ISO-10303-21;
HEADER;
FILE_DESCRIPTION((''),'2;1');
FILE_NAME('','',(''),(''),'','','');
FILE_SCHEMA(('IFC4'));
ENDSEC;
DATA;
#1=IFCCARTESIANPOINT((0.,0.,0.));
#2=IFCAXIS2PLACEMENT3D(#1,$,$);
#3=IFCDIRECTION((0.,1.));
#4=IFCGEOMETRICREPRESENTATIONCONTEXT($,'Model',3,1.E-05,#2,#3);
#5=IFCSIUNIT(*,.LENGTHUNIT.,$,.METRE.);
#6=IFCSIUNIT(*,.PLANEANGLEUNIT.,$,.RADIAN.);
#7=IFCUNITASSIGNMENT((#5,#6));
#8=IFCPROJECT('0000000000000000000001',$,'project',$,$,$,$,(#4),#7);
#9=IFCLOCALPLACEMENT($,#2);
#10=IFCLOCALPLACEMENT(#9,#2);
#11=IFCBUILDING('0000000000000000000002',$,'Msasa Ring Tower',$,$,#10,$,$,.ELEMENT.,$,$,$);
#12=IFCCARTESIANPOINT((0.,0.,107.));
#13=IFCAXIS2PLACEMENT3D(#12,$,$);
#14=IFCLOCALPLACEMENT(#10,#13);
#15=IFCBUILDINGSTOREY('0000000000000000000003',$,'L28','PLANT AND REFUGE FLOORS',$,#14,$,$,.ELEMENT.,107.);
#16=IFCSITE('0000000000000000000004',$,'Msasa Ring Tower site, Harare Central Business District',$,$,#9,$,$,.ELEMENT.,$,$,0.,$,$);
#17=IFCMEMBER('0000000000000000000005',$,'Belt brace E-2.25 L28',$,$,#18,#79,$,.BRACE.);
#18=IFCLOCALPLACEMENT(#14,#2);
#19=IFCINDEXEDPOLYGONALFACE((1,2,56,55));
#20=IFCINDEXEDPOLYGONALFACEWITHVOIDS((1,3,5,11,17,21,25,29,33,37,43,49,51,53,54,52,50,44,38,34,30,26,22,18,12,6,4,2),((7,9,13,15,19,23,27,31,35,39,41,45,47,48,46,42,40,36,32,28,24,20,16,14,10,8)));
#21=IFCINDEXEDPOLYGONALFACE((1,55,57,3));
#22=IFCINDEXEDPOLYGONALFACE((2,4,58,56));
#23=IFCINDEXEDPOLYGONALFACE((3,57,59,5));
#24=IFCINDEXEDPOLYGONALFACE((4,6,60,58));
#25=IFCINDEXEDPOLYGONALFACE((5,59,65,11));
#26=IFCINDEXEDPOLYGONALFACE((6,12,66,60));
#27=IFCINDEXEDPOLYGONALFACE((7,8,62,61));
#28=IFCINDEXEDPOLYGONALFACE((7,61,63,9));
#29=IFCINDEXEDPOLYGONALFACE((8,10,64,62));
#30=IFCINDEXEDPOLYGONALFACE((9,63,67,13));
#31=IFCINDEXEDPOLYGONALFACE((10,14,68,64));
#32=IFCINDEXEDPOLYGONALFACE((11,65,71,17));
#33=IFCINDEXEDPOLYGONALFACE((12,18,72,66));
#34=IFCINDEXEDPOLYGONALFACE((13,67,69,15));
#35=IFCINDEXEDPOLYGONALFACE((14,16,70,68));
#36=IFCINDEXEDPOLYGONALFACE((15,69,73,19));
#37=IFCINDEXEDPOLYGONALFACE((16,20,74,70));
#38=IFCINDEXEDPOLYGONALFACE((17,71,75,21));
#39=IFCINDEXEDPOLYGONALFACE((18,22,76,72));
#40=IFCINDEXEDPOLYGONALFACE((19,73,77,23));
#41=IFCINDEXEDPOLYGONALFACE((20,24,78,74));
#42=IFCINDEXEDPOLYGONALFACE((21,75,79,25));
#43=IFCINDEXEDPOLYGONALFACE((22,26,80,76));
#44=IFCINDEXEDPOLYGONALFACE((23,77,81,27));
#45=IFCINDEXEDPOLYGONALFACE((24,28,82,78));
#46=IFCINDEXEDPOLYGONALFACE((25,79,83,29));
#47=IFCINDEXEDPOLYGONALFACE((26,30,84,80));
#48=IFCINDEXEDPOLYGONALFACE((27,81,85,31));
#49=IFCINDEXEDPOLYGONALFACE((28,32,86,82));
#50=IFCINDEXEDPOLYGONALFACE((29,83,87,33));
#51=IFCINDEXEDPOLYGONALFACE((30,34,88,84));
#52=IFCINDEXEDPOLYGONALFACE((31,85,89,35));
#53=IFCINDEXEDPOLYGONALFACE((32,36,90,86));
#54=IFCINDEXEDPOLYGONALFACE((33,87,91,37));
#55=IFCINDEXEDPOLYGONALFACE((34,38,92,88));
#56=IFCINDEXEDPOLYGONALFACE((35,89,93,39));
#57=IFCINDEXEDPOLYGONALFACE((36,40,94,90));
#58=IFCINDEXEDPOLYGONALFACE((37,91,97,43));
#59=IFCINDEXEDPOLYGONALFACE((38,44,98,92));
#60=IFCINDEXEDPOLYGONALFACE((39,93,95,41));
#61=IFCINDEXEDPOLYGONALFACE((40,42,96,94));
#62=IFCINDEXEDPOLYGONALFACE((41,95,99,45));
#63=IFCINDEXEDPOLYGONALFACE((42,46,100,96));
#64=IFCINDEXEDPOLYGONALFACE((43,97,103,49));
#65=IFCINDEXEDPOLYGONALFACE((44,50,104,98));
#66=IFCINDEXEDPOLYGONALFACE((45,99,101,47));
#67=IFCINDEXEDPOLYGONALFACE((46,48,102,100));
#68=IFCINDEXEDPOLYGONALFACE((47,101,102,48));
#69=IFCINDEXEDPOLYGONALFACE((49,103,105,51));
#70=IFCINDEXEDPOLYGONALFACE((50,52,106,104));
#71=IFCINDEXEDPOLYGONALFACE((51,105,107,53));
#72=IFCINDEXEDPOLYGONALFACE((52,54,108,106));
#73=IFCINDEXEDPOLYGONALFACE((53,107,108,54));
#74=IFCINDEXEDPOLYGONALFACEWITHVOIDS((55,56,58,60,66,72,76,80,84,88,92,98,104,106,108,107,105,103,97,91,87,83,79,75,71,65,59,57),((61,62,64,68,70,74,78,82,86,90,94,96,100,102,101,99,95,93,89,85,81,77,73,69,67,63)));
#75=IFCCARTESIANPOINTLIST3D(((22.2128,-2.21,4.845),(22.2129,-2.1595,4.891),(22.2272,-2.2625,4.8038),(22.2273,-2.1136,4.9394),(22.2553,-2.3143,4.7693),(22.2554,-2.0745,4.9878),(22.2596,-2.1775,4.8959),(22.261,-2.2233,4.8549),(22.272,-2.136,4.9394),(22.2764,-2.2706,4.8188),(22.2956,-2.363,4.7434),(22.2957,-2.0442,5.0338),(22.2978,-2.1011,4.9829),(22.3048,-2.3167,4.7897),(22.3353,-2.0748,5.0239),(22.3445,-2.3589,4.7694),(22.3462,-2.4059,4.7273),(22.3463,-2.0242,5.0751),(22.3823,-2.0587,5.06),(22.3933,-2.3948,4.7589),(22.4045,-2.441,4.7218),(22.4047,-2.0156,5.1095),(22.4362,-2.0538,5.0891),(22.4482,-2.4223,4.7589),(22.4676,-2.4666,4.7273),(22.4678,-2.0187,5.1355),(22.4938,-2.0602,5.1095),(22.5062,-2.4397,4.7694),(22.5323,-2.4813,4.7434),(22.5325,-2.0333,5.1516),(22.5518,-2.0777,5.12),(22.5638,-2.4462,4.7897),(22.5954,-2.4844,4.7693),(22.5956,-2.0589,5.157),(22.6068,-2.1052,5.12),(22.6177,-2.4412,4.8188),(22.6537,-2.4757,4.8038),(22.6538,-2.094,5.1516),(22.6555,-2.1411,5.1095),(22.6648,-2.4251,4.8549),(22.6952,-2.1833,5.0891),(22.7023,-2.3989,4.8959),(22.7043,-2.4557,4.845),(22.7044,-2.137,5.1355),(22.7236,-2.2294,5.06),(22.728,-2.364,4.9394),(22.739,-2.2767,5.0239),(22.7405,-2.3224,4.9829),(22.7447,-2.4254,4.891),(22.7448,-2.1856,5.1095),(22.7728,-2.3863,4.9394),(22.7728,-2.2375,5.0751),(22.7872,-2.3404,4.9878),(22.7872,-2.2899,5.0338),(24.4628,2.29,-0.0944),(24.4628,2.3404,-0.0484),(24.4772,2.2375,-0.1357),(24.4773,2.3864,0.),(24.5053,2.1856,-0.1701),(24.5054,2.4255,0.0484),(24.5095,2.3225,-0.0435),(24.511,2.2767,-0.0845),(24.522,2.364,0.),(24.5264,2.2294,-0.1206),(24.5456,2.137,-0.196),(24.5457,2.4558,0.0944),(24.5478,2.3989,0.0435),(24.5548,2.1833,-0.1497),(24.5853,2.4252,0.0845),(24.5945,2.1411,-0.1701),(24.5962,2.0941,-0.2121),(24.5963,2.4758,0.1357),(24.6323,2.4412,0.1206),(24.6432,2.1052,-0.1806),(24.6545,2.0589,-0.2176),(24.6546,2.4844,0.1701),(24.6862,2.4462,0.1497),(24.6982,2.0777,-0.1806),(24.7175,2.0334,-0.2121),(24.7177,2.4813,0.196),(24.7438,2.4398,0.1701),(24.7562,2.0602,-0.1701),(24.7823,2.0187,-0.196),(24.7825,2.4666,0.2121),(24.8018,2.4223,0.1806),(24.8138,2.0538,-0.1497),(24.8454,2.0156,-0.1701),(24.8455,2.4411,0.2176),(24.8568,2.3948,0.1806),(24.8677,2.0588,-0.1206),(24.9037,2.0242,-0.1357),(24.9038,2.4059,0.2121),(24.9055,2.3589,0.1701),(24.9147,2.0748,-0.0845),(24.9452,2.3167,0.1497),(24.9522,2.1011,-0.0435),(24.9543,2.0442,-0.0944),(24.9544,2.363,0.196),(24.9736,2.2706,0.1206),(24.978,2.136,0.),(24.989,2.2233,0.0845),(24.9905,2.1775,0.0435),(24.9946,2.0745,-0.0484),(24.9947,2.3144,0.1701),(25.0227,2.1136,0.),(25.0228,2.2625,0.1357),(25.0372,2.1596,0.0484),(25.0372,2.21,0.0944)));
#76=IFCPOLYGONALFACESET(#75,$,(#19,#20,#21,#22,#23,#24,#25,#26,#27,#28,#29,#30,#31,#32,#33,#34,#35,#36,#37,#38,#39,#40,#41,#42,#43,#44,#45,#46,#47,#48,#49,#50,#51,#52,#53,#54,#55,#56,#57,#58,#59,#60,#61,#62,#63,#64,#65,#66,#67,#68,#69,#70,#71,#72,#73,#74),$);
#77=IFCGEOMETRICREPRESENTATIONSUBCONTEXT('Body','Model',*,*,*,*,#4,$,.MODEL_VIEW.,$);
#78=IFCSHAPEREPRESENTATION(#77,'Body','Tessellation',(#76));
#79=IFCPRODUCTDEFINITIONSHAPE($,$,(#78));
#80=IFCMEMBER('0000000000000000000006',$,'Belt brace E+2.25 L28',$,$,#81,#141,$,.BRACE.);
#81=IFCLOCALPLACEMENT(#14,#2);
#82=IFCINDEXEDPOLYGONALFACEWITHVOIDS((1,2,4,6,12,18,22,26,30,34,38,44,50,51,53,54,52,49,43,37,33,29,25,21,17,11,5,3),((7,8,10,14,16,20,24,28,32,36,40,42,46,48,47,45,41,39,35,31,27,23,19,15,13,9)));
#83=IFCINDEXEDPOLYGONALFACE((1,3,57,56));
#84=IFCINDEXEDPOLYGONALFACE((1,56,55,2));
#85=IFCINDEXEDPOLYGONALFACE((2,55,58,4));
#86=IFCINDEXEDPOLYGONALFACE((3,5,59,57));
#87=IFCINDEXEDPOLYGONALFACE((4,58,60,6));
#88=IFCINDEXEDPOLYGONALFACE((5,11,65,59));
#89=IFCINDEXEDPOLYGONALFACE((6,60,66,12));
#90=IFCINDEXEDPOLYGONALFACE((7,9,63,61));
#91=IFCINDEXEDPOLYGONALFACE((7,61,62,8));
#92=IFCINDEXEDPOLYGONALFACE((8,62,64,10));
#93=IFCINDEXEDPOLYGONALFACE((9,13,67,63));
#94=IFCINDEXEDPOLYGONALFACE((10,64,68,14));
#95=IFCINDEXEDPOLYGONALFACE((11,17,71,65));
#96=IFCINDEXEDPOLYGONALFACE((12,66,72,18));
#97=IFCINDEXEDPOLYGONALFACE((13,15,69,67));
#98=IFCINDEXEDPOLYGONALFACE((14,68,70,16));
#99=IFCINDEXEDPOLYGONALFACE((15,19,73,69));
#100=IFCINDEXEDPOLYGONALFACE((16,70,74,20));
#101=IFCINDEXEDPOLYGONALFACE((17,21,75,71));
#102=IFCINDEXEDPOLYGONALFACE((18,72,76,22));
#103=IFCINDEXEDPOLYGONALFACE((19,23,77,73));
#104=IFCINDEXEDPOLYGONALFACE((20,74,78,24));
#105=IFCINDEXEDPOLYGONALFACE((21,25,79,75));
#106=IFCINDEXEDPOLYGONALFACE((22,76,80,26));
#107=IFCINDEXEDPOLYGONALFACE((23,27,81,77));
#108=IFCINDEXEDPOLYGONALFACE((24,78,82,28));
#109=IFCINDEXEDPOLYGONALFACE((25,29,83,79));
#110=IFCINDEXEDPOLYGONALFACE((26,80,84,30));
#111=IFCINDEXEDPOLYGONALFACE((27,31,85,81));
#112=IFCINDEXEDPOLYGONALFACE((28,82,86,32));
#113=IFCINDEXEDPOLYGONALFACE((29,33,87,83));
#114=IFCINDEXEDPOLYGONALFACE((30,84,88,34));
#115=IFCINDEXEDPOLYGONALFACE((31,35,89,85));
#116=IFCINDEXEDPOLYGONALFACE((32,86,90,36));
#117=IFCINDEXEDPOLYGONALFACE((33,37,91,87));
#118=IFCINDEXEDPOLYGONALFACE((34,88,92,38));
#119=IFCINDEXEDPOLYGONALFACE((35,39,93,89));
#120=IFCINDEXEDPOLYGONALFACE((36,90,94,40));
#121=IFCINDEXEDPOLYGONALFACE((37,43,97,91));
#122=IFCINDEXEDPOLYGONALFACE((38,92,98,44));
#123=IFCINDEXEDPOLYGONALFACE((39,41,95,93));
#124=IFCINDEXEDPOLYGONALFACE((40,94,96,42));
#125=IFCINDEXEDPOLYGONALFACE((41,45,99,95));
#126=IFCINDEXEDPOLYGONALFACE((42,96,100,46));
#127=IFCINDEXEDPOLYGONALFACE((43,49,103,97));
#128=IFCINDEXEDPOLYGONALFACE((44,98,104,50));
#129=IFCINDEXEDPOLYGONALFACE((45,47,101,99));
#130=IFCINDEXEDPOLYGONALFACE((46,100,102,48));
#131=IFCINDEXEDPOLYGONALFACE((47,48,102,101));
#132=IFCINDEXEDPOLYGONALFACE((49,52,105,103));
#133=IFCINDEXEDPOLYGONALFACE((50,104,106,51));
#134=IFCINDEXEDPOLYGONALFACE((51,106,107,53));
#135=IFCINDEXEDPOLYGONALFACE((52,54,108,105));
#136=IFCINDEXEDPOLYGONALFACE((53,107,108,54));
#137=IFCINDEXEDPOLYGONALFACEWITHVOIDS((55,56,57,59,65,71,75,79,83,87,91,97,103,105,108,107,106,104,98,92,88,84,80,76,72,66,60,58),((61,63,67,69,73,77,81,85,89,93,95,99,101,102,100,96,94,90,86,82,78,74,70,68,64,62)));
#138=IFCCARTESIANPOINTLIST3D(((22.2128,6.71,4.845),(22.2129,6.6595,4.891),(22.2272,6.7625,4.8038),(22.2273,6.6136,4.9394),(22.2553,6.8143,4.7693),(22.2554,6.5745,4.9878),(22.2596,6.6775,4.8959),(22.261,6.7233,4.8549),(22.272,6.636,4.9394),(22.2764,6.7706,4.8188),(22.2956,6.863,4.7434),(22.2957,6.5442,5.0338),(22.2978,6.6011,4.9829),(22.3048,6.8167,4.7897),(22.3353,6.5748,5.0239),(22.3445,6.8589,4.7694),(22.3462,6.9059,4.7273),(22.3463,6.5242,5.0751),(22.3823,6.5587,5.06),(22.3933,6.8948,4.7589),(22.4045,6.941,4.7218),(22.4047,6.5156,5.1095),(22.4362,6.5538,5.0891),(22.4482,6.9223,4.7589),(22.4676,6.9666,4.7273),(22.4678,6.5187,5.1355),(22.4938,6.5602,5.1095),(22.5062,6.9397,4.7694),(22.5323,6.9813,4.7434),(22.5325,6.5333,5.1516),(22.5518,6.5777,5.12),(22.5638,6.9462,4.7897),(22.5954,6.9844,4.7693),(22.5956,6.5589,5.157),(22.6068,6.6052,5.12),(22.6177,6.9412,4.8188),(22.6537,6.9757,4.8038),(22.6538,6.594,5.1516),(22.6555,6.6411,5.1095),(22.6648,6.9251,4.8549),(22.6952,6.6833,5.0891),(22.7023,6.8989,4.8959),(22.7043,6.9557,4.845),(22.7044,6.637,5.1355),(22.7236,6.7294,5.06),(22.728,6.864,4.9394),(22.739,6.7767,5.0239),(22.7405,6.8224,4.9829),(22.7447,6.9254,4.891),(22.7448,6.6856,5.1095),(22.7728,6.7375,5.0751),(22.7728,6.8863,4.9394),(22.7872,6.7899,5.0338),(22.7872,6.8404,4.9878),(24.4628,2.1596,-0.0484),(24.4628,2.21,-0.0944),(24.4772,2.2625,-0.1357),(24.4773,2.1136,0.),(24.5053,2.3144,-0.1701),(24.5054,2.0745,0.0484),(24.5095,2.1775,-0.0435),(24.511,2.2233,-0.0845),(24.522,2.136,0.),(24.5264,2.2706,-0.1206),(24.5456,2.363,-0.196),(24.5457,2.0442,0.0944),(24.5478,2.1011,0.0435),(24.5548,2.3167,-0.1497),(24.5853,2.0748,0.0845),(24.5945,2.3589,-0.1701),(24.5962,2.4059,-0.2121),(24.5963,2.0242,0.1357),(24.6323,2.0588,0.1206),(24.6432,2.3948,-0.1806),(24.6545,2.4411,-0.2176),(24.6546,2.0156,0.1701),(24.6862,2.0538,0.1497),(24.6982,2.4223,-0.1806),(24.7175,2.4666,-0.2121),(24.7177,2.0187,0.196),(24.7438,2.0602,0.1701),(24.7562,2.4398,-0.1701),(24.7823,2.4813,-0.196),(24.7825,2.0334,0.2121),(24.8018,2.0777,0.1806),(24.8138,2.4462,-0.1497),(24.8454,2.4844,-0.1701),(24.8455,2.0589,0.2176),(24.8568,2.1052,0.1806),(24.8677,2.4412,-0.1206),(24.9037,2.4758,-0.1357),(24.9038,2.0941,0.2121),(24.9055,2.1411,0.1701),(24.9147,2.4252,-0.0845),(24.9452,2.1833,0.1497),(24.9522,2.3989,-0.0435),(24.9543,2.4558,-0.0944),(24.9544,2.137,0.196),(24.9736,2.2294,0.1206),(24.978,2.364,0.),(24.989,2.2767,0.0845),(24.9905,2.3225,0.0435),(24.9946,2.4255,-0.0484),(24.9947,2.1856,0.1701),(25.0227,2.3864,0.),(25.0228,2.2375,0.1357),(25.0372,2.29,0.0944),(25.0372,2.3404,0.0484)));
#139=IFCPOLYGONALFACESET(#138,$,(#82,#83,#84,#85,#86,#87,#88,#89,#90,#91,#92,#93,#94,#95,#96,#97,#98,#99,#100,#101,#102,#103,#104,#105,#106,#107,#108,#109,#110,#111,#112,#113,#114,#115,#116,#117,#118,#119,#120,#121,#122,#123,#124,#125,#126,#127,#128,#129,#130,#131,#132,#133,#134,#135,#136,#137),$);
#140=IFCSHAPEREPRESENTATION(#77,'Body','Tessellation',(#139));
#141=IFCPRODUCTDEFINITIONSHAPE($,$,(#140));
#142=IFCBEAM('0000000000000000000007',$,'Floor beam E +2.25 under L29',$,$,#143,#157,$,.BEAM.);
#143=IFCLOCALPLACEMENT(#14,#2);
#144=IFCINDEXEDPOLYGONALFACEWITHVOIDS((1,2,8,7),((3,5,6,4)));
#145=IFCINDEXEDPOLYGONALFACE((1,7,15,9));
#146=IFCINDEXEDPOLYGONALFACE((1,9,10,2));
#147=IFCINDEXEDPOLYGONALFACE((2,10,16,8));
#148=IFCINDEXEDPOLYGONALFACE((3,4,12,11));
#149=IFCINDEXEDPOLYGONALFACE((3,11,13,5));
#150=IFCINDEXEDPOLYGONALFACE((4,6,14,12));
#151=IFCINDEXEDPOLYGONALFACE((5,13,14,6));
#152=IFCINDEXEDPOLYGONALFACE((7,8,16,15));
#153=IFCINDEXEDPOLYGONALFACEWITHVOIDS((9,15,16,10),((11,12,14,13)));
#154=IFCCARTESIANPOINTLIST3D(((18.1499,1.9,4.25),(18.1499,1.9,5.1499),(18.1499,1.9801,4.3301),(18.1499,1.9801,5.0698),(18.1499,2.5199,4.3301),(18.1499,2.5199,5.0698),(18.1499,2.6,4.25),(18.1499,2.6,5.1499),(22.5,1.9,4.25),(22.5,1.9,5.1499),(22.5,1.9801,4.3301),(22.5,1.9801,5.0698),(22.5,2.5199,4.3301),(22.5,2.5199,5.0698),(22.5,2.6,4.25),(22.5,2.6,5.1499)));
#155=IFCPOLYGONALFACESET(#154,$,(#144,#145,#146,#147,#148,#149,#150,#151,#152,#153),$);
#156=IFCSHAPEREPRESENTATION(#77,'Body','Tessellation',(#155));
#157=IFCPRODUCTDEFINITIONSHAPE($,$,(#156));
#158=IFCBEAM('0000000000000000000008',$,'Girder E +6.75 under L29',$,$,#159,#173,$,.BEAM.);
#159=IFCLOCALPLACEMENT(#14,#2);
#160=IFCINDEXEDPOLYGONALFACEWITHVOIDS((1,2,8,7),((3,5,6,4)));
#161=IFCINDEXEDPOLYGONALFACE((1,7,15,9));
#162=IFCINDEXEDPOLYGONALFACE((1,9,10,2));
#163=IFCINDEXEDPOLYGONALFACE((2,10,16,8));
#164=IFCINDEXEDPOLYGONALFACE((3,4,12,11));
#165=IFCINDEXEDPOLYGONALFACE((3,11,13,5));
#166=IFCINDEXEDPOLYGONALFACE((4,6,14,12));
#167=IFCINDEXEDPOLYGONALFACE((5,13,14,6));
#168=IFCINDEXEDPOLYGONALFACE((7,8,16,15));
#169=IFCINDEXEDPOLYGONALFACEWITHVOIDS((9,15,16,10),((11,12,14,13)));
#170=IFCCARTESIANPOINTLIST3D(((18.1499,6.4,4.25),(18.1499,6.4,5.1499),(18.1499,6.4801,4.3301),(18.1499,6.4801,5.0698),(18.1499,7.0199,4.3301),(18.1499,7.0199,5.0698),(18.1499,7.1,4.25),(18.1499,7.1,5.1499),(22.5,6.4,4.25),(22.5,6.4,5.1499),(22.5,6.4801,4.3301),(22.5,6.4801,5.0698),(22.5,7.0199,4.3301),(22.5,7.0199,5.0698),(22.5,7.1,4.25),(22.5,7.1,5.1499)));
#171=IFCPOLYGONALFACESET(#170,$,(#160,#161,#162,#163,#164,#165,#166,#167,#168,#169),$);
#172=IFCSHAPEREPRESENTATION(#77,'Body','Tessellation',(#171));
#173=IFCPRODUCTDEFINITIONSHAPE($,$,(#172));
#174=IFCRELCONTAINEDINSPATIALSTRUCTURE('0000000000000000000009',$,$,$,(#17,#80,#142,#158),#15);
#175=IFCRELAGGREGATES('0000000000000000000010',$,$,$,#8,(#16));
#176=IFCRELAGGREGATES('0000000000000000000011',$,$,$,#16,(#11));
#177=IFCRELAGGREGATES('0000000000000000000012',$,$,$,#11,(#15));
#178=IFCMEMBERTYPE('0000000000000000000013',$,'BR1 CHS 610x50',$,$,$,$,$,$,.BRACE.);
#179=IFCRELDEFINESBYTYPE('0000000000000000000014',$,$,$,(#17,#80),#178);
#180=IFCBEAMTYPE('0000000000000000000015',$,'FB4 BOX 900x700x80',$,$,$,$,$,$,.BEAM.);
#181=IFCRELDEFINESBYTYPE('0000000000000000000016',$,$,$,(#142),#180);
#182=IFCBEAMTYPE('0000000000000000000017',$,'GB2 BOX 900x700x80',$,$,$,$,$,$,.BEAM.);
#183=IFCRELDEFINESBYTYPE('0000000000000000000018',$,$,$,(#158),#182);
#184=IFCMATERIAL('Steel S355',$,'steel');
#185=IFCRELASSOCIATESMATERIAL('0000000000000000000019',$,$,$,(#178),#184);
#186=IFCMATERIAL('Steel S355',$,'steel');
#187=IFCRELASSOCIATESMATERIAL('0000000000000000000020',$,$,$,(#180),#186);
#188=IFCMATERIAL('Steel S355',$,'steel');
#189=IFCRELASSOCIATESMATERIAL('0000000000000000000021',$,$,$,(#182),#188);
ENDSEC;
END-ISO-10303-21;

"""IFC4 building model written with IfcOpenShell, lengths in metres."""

from ifc_helpers import new_model, si_unit, direction, frame, origin, origin_2d, place, context, subcontext, project, spatial, hollow_rectangle, hollow_circle, extrude, material, material_profile, profile_set, type_object, element, save


model = new_model("IFC4")

# Units and contexts
model_context = context("Model", 3, precision=1e-05, world=origin(), true_north=direction((0.0, 1.0)))
body_context = subcontext(model_context, "Body", "Model", "MODEL_VIEW")
ifc_project = project(units=[si_unit("LENGTHUNIT", "METRE"), si_unit("PLANEANGLEUNIT", "RADIAN")], contexts=[model_context])

# Site, building, storey
site_placement = place(None, origin())
site = spatial("IfcSite", under=ifc_project, at=site_placement, Name="Msasa Ring Tower site, Harare Central Business District", CompositionType="ELEMENT", RefElevation=0.0)
building_placement = place(site_placement, origin())
building = spatial("IfcBuilding", under=site, at=building_placement, Name="Msasa Ring Tower", CompositionType="ELEMENT")
storey_placement = place(building_placement, frame((0.0, 0.0, 107.0)))
storey = spatial("IfcBuildingStorey", under=building, at=storey_placement, Name="L28", Description="PLANT AND REFUGE FLOORS", CompositionType="ELEMENT", Elevation=107.0)

# Members
ifc_material_1 = material(Name="Steel S355", Category="steel")
ifc_material_profile_1 = material_profile(ifc_material_1, hollow_circle(Radius=0.3049, WallThickness=0.05, at=origin_2d()), Name="CHS 610x50")
ifc_profile_set_1 = profile_set([ifc_material_profile_1], Name="Steel S355")
member_type = type_object("IfcMemberType", Name="BR1 CHS 610x50", PredefinedType="BRACE", material=ifc_profile_set_1)
for number, where, z_axis, x_axis, name in (
    (1, (24.75, 2.25, 0.0), (-0.319123, -0.638245, 0.700574), (0.894427, -0.447214, 0.0), "Belt brace E-2.25 L28"),
    (2, (24.75, 2.25, 0.0), (-0.319123, 0.638245, 0.700574), (-0.894427, -0.447214, 0.0), "Belt brace E+2.25 L28"),
):
    element("IfcMember", number, at=place(storey_placement, frame(where, z_axis=z_axis, x_axis=x_axis)), inside=storey, type_object=member_type, Name=name, PredefinedType="BRACE", context=body_context, shape_type="SweptSolid", body=[
        extrude(hollow_circle(Radius=0.3049, WallThickness=0.05, at=origin_2d()), origin(), (0.0, 0.0, 1.0), 7.0505),
    ])

# Beams
ifc_material_2 = material(Name="Steel S355", Category="steel")
ifc_material_profile_2 = material_profile(ifc_material_2, hollow_rectangle(XDim=0.7, YDim=0.8999, WallThickness=0.0801, at=origin_2d()), Name="BOX 900x700x80")
ifc_profile_set_2 = profile_set([ifc_material_profile_2], Name="Steel S355")
beam_type_1 = type_object("IfcBeamType", Name="FB4 BOX 900x700x80", PredefinedType="BEAM", material=ifc_profile_set_2)
beam_1_placement = place(storey_placement, frame((22.5, 2.25, 4.7), z_axis=(-1.0, 0.0, 0.0), x_axis=(0.0, -1.0, 0.0)))
element("IfcBeam", 3, at=beam_1_placement, inside=storey, type_object=beam_type_1, Name="Floor beam E +2.25 under L29", PredefinedType="BEAM", context=body_context, shape_type="SweptSolid", body=[
    extrude(hollow_rectangle(XDim=0.7, YDim=0.8999, WallThickness=0.0801, at=origin_2d()), origin(), (0.0, 0.0, 1.0), 4.3501),
])
ifc_material_3 = material(Name="Steel S355", Category="steel")
ifc_material_profile_3 = material_profile(ifc_material_3, hollow_rectangle(XDim=0.7, YDim=0.8999, WallThickness=0.0801, at=origin_2d()), Name="BOX 900x700x80")
ifc_profile_set_3 = profile_set([ifc_material_profile_3], Name="Steel S355")
beam_type_2 = type_object("IfcBeamType", Name="GB2 BOX 900x700x80", PredefinedType="BEAM", material=ifc_profile_set_3)
beam_2_placement = place(storey_placement, frame((18.1499, 6.75, 4.7), z_axis=(1.0, 0.0, 0.0), x_axis=(0.0, 1.0, 0.0)))
element("IfcBeam", 4, at=beam_2_placement, inside=storey, type_object=beam_type_2, Name="Girder E +6.75 under L29", PredefinedType="BEAM", context=body_context, shape_type="SweptSolid", body=[
    extrude(hollow_rectangle(XDim=0.7, YDim=0.8999, WallThickness=0.0801, at=origin_2d()), origin(), (0.0, 0.0, 1.0), 4.3501),
])

save(model, "model.ifc")
